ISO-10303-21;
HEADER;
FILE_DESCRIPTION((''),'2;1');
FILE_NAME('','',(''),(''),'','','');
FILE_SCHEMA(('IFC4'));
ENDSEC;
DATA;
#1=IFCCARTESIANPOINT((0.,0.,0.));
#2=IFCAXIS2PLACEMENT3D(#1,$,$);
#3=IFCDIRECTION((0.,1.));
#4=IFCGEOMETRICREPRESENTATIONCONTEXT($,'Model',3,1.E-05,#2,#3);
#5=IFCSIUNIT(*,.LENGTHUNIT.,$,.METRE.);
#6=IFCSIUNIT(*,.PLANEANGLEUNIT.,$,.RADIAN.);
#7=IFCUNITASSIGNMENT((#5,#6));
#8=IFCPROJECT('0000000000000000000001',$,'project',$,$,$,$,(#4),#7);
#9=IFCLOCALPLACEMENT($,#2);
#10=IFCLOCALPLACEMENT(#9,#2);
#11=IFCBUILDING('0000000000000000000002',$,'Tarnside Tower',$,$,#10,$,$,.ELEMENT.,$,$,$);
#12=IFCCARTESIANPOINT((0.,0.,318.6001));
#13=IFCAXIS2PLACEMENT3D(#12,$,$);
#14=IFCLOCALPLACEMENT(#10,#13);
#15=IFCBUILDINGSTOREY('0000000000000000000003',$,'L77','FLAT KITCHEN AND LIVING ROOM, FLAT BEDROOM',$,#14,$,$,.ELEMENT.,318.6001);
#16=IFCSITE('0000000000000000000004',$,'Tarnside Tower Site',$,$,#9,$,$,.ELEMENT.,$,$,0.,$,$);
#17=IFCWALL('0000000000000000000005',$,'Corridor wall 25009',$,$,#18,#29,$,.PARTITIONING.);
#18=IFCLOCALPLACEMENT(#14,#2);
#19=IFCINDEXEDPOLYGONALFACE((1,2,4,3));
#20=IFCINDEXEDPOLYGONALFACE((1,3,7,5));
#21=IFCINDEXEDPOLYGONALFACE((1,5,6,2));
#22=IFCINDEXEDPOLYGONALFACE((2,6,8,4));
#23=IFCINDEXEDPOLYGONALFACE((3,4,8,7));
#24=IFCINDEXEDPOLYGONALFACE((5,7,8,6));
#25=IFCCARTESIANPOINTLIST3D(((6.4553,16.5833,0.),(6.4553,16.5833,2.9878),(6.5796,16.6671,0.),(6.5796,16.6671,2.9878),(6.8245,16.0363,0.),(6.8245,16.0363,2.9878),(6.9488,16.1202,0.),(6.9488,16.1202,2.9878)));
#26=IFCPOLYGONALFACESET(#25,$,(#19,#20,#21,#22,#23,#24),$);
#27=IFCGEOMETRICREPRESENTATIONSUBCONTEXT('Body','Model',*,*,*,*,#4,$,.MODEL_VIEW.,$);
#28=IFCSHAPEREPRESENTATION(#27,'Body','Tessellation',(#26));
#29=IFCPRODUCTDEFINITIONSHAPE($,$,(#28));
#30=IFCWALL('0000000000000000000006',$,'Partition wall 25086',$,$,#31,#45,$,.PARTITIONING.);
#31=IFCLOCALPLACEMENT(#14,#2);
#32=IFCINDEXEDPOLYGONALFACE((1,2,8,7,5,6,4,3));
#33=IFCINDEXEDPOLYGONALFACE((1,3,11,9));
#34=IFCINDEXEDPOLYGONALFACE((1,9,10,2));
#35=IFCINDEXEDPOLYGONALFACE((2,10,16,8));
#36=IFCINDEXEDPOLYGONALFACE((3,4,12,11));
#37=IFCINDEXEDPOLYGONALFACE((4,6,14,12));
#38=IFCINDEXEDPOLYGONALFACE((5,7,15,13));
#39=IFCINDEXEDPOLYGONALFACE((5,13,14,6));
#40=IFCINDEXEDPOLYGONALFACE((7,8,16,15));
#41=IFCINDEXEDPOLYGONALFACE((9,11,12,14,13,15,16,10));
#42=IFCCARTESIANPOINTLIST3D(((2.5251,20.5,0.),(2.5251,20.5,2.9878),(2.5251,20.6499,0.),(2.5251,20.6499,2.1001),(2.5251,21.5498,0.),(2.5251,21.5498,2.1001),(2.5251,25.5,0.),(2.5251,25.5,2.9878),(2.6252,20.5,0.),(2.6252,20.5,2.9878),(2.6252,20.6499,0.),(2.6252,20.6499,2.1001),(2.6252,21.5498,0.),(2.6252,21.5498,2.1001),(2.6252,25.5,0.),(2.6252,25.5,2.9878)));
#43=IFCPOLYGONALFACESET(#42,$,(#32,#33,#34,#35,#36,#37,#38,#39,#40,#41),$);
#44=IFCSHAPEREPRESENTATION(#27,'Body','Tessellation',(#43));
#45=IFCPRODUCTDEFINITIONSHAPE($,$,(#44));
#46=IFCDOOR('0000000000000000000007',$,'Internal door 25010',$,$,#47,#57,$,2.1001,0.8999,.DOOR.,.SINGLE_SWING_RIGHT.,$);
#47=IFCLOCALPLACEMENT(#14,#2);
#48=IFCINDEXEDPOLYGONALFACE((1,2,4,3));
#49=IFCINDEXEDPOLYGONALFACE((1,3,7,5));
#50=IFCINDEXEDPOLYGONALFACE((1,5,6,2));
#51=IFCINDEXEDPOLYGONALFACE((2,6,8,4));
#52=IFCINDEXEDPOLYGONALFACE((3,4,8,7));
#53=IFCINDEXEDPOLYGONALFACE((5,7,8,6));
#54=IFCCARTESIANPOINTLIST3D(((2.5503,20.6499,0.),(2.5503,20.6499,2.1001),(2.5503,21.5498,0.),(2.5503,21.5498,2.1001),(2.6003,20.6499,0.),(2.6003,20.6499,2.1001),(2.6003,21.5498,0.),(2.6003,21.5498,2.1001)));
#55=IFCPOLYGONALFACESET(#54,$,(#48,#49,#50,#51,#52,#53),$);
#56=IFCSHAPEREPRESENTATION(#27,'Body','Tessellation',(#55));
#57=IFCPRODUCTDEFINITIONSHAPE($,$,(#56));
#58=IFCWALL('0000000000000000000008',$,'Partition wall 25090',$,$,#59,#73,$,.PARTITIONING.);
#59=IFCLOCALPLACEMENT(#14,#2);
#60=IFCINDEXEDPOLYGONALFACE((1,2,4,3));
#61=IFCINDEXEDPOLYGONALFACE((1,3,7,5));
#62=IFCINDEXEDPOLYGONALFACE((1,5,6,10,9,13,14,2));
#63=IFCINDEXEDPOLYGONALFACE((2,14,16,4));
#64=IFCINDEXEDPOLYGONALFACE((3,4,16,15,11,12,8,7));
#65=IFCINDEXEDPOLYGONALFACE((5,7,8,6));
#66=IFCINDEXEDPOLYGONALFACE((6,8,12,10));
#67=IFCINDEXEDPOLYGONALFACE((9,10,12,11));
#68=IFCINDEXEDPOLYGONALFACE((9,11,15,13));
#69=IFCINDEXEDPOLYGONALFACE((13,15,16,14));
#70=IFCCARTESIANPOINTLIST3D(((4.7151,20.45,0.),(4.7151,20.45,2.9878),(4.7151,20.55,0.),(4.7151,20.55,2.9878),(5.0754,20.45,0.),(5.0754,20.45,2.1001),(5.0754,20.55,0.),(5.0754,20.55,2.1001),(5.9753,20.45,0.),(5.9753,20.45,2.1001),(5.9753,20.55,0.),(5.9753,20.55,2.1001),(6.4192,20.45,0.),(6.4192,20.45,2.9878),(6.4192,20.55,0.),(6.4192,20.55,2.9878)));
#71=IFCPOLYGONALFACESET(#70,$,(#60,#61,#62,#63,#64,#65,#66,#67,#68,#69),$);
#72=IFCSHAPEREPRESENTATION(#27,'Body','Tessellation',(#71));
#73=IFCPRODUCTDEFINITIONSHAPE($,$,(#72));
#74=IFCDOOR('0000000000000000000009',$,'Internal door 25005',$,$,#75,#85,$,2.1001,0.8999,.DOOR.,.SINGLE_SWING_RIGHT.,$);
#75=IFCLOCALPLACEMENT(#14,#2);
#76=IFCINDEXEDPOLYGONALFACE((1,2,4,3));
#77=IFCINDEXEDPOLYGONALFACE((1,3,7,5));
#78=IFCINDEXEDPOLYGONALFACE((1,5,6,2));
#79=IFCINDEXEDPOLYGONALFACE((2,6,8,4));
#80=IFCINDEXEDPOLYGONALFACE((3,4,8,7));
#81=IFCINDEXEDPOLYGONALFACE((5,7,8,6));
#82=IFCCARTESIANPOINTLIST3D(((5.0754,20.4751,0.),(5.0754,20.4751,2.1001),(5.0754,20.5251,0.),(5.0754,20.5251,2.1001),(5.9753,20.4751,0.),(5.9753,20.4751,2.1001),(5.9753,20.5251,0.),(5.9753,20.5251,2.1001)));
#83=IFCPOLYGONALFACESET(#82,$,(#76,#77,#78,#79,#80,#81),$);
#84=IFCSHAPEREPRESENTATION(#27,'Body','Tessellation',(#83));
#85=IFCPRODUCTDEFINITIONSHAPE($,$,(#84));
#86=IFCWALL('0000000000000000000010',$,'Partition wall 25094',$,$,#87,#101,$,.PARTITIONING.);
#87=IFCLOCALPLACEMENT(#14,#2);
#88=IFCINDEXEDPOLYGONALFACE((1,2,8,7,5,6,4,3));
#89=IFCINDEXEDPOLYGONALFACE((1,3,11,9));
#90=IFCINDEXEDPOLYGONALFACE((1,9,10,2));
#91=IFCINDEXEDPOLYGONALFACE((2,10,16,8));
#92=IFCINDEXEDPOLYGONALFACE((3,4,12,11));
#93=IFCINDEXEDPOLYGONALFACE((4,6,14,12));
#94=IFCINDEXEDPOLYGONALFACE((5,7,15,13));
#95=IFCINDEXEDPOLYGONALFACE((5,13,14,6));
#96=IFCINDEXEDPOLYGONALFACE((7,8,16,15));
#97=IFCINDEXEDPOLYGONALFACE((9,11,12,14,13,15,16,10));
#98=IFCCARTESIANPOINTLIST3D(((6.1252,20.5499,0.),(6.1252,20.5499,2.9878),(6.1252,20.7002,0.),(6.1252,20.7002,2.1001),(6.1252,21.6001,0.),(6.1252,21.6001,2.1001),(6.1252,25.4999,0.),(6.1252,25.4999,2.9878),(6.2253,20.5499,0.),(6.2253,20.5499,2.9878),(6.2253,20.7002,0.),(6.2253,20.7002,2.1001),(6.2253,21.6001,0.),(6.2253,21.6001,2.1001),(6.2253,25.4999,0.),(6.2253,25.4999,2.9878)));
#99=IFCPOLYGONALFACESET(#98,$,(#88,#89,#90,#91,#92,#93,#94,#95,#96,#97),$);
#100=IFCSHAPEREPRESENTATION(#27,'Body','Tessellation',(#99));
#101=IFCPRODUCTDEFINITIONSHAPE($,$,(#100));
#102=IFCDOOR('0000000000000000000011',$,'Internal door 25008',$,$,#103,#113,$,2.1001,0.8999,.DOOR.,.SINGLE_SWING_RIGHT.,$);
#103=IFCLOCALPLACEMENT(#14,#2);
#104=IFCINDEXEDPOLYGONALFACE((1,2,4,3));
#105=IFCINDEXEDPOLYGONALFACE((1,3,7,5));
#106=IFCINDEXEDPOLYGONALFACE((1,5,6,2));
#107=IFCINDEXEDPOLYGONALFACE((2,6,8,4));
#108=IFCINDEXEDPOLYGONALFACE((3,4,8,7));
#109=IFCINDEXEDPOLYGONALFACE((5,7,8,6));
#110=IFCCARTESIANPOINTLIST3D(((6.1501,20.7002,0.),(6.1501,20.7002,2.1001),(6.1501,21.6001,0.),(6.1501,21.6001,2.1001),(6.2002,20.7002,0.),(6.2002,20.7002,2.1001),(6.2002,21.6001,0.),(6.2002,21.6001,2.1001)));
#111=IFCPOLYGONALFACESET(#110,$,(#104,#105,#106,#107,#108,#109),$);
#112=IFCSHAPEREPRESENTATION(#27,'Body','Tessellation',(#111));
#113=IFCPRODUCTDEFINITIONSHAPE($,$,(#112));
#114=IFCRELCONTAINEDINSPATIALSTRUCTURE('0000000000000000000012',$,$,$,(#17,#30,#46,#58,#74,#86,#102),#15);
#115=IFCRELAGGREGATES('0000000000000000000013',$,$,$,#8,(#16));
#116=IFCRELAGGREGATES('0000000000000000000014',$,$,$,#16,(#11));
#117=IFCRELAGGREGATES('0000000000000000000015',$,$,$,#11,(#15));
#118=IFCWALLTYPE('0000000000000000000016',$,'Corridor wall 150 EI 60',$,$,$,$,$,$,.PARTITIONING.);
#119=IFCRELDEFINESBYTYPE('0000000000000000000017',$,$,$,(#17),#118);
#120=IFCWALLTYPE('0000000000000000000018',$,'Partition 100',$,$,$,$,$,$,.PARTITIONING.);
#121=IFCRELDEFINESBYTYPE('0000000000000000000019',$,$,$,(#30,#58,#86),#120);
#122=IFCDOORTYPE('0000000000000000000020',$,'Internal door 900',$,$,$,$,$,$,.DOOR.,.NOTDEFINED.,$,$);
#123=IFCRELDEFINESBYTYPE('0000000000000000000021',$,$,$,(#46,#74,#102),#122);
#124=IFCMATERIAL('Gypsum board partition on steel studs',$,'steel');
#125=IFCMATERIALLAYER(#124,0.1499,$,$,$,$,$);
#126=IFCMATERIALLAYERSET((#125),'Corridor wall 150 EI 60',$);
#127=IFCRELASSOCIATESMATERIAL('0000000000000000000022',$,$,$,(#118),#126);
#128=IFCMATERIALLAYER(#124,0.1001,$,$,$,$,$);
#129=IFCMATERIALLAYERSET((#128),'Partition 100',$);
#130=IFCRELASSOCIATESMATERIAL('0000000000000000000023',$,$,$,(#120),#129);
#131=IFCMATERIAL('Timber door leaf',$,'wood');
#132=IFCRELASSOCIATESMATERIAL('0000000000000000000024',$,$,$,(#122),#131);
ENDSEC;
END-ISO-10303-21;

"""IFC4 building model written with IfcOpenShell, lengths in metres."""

from ifc_helpers import new_model, si_unit, direction, frame, frame_2d, origin, place, context, subcontext, project, spatial, rectangle, extrude, material, layer, layer_set, type_object, element, fill, save


model = new_model("IFC4")

# Units and contexts
model_context = context("Model", 3, precision=1e-05, world=origin(), true_north=direction((0.0, 1.0)))
body_context = subcontext(model_context, "Body", "Model", "MODEL_VIEW")
ifc_project = project(units=[si_unit("LENGTHUNIT", "METRE"), si_unit("PLANEANGLEUNIT", "RADIAN")], contexts=[model_context])

# Site, building, storey
site_placement = place(None, origin())
site = spatial("IfcSite", under=ifc_project, at=site_placement, Name="Tarnside Tower Site", CompositionType="ELEMENT", RefElevation=0.0)
building_placement = place(site_placement, origin())
building = spatial("IfcBuilding", under=site, at=building_placement, Name="Tarnside Tower", CompositionType="ELEMENT")
storey_placement = place(building_placement, frame((0.0, 0.0, 318.6001)))
storey = spatial("IfcBuildingStorey", under=building, at=storey_placement, Name="L77", Description="FLAT KITCHEN AND LIVING ROOM, FLAT BEDROOM", CompositionType="ELEMENT", Elevation=318.6001)

# Shared definitions
ifc_material_1 = material(Name="Gypsum board partition on steel studs", Category="steel")

# Shared definitions
ifc_material_2 = material(Name="Timber door leaf", Category="wood")

# Shared definitions
ifc_layer_1 = layer(ifc_material_1, 0.1499)
ifc_layer_set_1 = layer_set([ifc_layer_1], Name="Corridor wall 150 EI 60")
wall_type_1 = type_object("IfcWallType", Name="Corridor wall 150 EI 60", PredefinedType="PARTITIONING", material=ifc_layer_set_1)

# Wall
wall_1_placement = place(storey_placement, frame((6.8867, 16.0781, 0.0), z_axis=(0.0, 0.0, 1.0), x_axis=(-0.559473, 0.828849, 0.0)))
element("IfcWall", 1, at=wall_1_placement, inside=storey, type_object=wall_type_1, Name="Corridor wall 25009", PredefinedType="PARTITIONING", context=body_context, shape_type="SweptSolid", body=[
    extrude(rectangle(XDim=0.6599, YDim=0.1499, at=frame_2d((0.3301, 0.0))), origin(), (0.0, 0.0, 1.0), 2.9878),
])

# Walls, openings, doors
ifc_layer_2 = layer(ifc_material_1, 0.1001)
ifc_layer_set_2 = layer_set([ifc_layer_2], Name="Partition 100")
wall_type_2 = type_object("IfcWallType", Name="Partition 100", PredefinedType="PARTITIONING", material=ifc_layer_set_2)
wall_2_placement = place(storey_placement, frame((2.5752, 20.5, 0.0), z_axis=(0.0, 0.0, 1.0), x_axis=(0.0, 1.0, 0.0)))
wall_2 = element("IfcWall", 2, at=wall_2_placement, inside=storey, type_object=wall_type_2, Name="Partition wall 25086", PredefinedType="PARTITIONING", context=body_context, shape_type="SweptSolid", body=[
    extrude(rectangle(XDim=5.0, YDim=0.1001, at=frame_2d((2.5, 0.0))), origin(), (0.0, 0.0, 1.0), 2.9878),
])
opening_1_placement = place(wall_2_placement, frame((0.1499, 0.0, 0.0)))
opening_1 = element("IfcOpeningElement", 3, at=opening_1_placement, cuts=wall_2, PredefinedType="OPENING", context=body_context, shape_type="SweptSolid", body=[
    extrude(rectangle(XDim=0.8999, YDim=2.1001, at=frame_2d((0.45, 1.05))), frame((0.0, 0.0601, 0.0), z_axis=(0.0, -1.0, 0.0), x_axis=(1.0, 0.0, 0.0)), (0.0, 0.0, 1.0), 0.1201),
])
door_type_1 = type_object("IfcDoorType", Name="Internal door 900", OperationType="NOTDEFINED", PredefinedType="DOOR", material=ifc_material_2)
door_1_placement = place(opening_1_placement, origin())
door_1 = element("IfcDoor", 4, at=door_1_placement, inside=storey, type_object=door_type_1, Name="Internal door 25010", OperationType="SINGLE_SWING_RIGHT", OverallHeight=2.1001, OverallWidth=0.8999, PredefinedType="DOOR", context=body_context, shape_type="SweptSolid", body=[
    extrude(rectangle(XDim=0.8999, YDim=2.1001, at=frame_2d((0.45, 1.05))), frame((0.0, 0.0249, 0.0), z_axis=(0.0, -1.0, 0.0), x_axis=(1.0, 0.0, 0.0)), (0.0, 0.0, 1.0), 0.05),
])
fill(opening_1, door_1)
wall_3_placement = place(storey_placement, frame((6.4192, 20.5, 0.0), z_axis=(0.0, 0.0, 1.0), x_axis=(-1.0, 0.0, 0.0)))
wall_3 = element("IfcWall", 5, at=wall_3_placement, inside=storey, type_object=wall_type_2, Name="Partition wall 25090", PredefinedType="PARTITIONING", context=body_context, shape_type="SweptSolid", body=[
    extrude(rectangle(XDim=1.7041, YDim=0.1001, at=frame_2d((0.8521, 0.0))), origin(), (0.0, 0.0, 1.0), 2.9878),
])
opening_2_placement = place(wall_3_placement, frame((0.4438, 0.0, 0.0)))
opening_2 = element("IfcOpeningElement", 6, at=opening_2_placement, cuts=wall_3, PredefinedType="OPENING", context=body_context, shape_type="SweptSolid", body=[
    extrude(rectangle(XDim=0.8999, YDim=2.1001, at=frame_2d((0.45, 1.05))), frame((0.0, 0.0601, 0.0), z_axis=(0.0, -1.0, 0.0), x_axis=(1.0, 0.0, 0.0)), (0.0, 0.0, 1.0), 0.1201),
])
door_2_placement = place(opening_2_placement, origin())
door_2 = element("IfcDoor", 7, at=door_2_placement, inside=storey, type_object=door_type_1, Name="Internal door 25005", OperationType="SINGLE_SWING_RIGHT", OverallHeight=2.1001, OverallWidth=0.8999, PredefinedType="DOOR", context=body_context, shape_type="SweptSolid", body=[
    extrude(rectangle(XDim=0.8999, YDim=2.1001, at=frame_2d((0.45, 1.05))), frame((0.0, 0.0249, 0.0), z_axis=(0.0, -1.0, 0.0), x_axis=(1.0, 0.0, 0.0)), (0.0, 0.0, 1.0), 0.05),
])
fill(opening_2, door_2)
wall_4_placement = place(storey_placement, frame((6.1753, 25.5, 0.0), z_axis=(0.0, 0.0, 1.0), x_axis=(0.0, -1.0, 0.0)))
wall_4 = element("IfcWall", 8, at=wall_4_placement, inside=storey, type_object=wall_type_2, Name="Partition wall 25094", PredefinedType="PARTITIONING", context=body_context, shape_type="SweptSolid", body=[
    extrude(rectangle(XDim=4.95, YDim=0.1001, at=frame_2d((2.4751, 0.0))), origin(), (0.0, 0.0, 1.0), 2.9878),
])
opening_3_placement = place(wall_4_placement, frame((3.8999, 0.0, 0.0)))
opening_3 = element("IfcOpeningElement", 9, at=opening_3_placement, cuts=wall_4, PredefinedType="OPENING", context=body_context, shape_type="SweptSolid", body=[
    extrude(rectangle(XDim=0.8999, YDim=2.1001, at=frame_2d((0.45, 1.05))), frame((0.0, 0.0601, 0.0), z_axis=(0.0, -1.0, 0.0), x_axis=(1.0, 0.0, 0.0)), (0.0, 0.0, 1.0), 0.1201),
])
door_3_placement = place(opening_3_placement, origin())
door_3 = element("IfcDoor", 10, at=door_3_placement, inside=storey, type_object=door_type_1, Name="Internal door 25008", OperationType="SINGLE_SWING_RIGHT", OverallHeight=2.1001, OverallWidth=0.8999, PredefinedType="DOOR", context=body_context, shape_type="SweptSolid", body=[
    extrude(rectangle(XDim=0.8999, YDim=2.1001, at=frame_2d((0.45, 1.05))), frame((0.0, 0.0249, 0.0), z_axis=(0.0, -1.0, 0.0), x_axis=(1.0, 0.0, 0.0)), (0.0, 0.0, 1.0), 0.05),
])
fill(opening_3, door_3)

save(model, "model.ifc")
